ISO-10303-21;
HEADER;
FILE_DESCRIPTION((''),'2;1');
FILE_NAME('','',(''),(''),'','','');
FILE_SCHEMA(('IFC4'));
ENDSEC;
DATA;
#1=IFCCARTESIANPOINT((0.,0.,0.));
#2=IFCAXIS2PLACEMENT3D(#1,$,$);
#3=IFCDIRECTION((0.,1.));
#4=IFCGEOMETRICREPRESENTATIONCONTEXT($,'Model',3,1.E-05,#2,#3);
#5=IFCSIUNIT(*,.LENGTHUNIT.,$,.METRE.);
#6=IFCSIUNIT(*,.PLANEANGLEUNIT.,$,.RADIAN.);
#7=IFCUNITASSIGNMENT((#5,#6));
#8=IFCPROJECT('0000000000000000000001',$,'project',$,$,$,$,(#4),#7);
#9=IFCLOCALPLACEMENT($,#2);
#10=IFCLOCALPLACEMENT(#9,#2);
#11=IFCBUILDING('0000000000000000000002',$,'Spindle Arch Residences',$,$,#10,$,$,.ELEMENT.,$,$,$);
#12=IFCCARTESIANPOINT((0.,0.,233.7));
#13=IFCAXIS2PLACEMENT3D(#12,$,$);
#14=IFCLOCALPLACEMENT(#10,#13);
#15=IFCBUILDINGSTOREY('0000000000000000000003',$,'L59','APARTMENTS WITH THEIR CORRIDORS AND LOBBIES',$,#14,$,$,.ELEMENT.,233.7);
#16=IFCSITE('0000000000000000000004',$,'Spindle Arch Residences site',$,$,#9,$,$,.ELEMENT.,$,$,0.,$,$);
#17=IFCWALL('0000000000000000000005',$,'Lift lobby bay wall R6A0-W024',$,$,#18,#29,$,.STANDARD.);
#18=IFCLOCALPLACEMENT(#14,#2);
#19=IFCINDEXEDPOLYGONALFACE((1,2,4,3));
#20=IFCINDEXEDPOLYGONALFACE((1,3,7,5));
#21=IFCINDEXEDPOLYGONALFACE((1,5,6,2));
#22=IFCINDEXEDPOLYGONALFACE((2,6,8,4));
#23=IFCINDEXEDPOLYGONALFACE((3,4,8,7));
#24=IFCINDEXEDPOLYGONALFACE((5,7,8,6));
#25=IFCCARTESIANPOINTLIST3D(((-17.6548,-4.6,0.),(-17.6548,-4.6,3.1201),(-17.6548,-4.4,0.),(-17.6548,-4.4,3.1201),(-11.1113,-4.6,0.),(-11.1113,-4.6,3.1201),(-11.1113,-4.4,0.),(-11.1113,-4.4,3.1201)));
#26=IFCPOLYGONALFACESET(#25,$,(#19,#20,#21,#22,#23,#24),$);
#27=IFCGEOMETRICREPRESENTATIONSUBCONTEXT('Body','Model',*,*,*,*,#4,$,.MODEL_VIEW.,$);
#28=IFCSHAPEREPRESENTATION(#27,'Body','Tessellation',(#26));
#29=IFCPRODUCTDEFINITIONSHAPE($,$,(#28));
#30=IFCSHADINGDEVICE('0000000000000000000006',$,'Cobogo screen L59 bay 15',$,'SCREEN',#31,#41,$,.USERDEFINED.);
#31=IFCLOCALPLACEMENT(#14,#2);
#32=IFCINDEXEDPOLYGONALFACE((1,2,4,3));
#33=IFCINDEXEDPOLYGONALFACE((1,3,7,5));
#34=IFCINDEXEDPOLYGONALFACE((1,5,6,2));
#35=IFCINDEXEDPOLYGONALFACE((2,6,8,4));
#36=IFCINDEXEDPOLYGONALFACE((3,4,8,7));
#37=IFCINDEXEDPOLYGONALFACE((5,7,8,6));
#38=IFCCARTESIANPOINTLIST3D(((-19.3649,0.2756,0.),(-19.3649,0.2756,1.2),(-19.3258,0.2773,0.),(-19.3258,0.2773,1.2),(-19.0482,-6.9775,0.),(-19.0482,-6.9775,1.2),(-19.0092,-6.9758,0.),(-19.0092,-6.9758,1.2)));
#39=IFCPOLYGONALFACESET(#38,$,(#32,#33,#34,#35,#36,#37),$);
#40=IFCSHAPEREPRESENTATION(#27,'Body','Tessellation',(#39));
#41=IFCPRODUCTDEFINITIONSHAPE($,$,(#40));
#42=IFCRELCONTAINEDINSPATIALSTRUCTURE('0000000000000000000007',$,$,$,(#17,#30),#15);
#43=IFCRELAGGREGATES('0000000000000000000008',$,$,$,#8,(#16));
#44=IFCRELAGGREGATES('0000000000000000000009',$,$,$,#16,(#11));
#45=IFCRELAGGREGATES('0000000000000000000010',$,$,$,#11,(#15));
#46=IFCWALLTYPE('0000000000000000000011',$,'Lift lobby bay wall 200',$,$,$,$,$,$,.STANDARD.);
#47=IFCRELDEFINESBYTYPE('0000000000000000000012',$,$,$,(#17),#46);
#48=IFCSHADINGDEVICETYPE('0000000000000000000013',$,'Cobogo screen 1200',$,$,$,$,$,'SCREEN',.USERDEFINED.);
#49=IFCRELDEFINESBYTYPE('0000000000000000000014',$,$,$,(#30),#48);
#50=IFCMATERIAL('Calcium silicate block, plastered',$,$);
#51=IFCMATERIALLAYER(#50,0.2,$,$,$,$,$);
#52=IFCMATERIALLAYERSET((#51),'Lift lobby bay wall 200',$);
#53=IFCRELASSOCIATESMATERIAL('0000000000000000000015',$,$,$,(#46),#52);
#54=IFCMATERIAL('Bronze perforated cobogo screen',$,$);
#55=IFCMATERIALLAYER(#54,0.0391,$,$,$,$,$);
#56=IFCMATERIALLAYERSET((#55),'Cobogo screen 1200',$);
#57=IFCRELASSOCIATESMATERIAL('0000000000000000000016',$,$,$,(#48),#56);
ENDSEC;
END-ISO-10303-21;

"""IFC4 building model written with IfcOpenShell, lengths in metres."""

from ifc_helpers import new_model, si_unit, direction, frame, frame_2d, origin, origin_2d, place, context, subcontext, project, spatial, rectangle, extrude, material, layer, layer_set, type_object, element, save


model = new_model("IFC4")

# Units and contexts
model_context = context("Model", 3, precision=1e-05, world=origin(), true_north=direction((0.0, 1.0)))
body_context = subcontext(model_context, "Body", "Model", "MODEL_VIEW")
ifc_project = project(units=[si_unit("LENGTHUNIT", "METRE"), si_unit("PLANEANGLEUNIT", "RADIAN")], contexts=[model_context])

# Site, building, storey
site_placement = place(None, origin())
site = spatial("IfcSite", under=ifc_project, at=site_placement, Name="Spindle Arch Residences site", CompositionType="ELEMENT", RefElevation=0.0)
building_placement = place(site_placement, origin())
building = spatial("IfcBuilding", under=site, at=building_placement, Name="Spindle Arch Residences", CompositionType="ELEMENT")
storey_placement = place(building_placement, frame((0.0, 0.0, 233.7)))
storey = spatial("IfcBuildingStorey", under=building, at=storey_placement, Name="L59", Description="APARTMENTS WITH THEIR CORRIDORS AND LOBBIES", CompositionType="ELEMENT", Elevation=233.7)

# Wall
ifc_material_1 = material(Name="Calcium silicate block, plastered")
ifc_layer_1 = layer(ifc_material_1, 0.2)
ifc_layer_set_1 = layer_set([ifc_layer_1], Name="Lift lobby bay wall 200")
wall_type_1 = type_object("IfcWallType", Name="Lift lobby bay wall 200", PredefinedType="STANDARD", material=ifc_layer_set_1)
wall_1_placement = place(storey_placement, frame((-17.6548, -4.5, 0.0), z_axis=(0.0, 0.0, 1.0), x_axis=(1.0, 0.0, 0.0)))
element("IfcWall", 1, at=wall_1_placement, inside=storey, type_object=wall_type_1, Name="Lift lobby bay wall R6A0-W024", PredefinedType="STANDARD", context=body_context, shape_type="SweptSolid", body=[
    extrude(rectangle(XDim=6.5435, YDim=0.2, at=frame_2d((3.2717, 0.0))), origin(), (0.0, 0.0, 1.0), 3.1201),
])

# Shading device
ifc_material_2 = material(Name="Bronze perforated cobogo screen")
ifc_layer_2 = layer(ifc_material_2, 0.0391)
ifc_layer_set_2 = layer_set([ifc_layer_2], Name="Cobogo screen 1200")
shading_device_type = type_object("IfcShadingDeviceType", Name="Cobogo screen 1200", ElementType="SCREEN", PredefinedType="USERDEFINED", material=ifc_layer_set_2)
shading_device_placement = place(storey_placement, frame((-19.187, -3.3501, 0.0), z_axis=(0.0, 0.0, 1.0), x_axis=(0.043619, -0.999048, 0.0)))
element("IfcShadingDevice", 2, at=shading_device_placement, inside=storey, type_object=shading_device_type, Name="Cobogo screen L59 bay 15", ObjectType="SCREEN", PredefinedType="USERDEFINED", context=body_context, shape_type="SweptSolid", body=[
    extrude(rectangle(XDim=7.26, YDim=0.0391, at=origin_2d()), origin(), (0.0, 0.0, 1.0), 1.2),
])

save(model, "model.ifc")
